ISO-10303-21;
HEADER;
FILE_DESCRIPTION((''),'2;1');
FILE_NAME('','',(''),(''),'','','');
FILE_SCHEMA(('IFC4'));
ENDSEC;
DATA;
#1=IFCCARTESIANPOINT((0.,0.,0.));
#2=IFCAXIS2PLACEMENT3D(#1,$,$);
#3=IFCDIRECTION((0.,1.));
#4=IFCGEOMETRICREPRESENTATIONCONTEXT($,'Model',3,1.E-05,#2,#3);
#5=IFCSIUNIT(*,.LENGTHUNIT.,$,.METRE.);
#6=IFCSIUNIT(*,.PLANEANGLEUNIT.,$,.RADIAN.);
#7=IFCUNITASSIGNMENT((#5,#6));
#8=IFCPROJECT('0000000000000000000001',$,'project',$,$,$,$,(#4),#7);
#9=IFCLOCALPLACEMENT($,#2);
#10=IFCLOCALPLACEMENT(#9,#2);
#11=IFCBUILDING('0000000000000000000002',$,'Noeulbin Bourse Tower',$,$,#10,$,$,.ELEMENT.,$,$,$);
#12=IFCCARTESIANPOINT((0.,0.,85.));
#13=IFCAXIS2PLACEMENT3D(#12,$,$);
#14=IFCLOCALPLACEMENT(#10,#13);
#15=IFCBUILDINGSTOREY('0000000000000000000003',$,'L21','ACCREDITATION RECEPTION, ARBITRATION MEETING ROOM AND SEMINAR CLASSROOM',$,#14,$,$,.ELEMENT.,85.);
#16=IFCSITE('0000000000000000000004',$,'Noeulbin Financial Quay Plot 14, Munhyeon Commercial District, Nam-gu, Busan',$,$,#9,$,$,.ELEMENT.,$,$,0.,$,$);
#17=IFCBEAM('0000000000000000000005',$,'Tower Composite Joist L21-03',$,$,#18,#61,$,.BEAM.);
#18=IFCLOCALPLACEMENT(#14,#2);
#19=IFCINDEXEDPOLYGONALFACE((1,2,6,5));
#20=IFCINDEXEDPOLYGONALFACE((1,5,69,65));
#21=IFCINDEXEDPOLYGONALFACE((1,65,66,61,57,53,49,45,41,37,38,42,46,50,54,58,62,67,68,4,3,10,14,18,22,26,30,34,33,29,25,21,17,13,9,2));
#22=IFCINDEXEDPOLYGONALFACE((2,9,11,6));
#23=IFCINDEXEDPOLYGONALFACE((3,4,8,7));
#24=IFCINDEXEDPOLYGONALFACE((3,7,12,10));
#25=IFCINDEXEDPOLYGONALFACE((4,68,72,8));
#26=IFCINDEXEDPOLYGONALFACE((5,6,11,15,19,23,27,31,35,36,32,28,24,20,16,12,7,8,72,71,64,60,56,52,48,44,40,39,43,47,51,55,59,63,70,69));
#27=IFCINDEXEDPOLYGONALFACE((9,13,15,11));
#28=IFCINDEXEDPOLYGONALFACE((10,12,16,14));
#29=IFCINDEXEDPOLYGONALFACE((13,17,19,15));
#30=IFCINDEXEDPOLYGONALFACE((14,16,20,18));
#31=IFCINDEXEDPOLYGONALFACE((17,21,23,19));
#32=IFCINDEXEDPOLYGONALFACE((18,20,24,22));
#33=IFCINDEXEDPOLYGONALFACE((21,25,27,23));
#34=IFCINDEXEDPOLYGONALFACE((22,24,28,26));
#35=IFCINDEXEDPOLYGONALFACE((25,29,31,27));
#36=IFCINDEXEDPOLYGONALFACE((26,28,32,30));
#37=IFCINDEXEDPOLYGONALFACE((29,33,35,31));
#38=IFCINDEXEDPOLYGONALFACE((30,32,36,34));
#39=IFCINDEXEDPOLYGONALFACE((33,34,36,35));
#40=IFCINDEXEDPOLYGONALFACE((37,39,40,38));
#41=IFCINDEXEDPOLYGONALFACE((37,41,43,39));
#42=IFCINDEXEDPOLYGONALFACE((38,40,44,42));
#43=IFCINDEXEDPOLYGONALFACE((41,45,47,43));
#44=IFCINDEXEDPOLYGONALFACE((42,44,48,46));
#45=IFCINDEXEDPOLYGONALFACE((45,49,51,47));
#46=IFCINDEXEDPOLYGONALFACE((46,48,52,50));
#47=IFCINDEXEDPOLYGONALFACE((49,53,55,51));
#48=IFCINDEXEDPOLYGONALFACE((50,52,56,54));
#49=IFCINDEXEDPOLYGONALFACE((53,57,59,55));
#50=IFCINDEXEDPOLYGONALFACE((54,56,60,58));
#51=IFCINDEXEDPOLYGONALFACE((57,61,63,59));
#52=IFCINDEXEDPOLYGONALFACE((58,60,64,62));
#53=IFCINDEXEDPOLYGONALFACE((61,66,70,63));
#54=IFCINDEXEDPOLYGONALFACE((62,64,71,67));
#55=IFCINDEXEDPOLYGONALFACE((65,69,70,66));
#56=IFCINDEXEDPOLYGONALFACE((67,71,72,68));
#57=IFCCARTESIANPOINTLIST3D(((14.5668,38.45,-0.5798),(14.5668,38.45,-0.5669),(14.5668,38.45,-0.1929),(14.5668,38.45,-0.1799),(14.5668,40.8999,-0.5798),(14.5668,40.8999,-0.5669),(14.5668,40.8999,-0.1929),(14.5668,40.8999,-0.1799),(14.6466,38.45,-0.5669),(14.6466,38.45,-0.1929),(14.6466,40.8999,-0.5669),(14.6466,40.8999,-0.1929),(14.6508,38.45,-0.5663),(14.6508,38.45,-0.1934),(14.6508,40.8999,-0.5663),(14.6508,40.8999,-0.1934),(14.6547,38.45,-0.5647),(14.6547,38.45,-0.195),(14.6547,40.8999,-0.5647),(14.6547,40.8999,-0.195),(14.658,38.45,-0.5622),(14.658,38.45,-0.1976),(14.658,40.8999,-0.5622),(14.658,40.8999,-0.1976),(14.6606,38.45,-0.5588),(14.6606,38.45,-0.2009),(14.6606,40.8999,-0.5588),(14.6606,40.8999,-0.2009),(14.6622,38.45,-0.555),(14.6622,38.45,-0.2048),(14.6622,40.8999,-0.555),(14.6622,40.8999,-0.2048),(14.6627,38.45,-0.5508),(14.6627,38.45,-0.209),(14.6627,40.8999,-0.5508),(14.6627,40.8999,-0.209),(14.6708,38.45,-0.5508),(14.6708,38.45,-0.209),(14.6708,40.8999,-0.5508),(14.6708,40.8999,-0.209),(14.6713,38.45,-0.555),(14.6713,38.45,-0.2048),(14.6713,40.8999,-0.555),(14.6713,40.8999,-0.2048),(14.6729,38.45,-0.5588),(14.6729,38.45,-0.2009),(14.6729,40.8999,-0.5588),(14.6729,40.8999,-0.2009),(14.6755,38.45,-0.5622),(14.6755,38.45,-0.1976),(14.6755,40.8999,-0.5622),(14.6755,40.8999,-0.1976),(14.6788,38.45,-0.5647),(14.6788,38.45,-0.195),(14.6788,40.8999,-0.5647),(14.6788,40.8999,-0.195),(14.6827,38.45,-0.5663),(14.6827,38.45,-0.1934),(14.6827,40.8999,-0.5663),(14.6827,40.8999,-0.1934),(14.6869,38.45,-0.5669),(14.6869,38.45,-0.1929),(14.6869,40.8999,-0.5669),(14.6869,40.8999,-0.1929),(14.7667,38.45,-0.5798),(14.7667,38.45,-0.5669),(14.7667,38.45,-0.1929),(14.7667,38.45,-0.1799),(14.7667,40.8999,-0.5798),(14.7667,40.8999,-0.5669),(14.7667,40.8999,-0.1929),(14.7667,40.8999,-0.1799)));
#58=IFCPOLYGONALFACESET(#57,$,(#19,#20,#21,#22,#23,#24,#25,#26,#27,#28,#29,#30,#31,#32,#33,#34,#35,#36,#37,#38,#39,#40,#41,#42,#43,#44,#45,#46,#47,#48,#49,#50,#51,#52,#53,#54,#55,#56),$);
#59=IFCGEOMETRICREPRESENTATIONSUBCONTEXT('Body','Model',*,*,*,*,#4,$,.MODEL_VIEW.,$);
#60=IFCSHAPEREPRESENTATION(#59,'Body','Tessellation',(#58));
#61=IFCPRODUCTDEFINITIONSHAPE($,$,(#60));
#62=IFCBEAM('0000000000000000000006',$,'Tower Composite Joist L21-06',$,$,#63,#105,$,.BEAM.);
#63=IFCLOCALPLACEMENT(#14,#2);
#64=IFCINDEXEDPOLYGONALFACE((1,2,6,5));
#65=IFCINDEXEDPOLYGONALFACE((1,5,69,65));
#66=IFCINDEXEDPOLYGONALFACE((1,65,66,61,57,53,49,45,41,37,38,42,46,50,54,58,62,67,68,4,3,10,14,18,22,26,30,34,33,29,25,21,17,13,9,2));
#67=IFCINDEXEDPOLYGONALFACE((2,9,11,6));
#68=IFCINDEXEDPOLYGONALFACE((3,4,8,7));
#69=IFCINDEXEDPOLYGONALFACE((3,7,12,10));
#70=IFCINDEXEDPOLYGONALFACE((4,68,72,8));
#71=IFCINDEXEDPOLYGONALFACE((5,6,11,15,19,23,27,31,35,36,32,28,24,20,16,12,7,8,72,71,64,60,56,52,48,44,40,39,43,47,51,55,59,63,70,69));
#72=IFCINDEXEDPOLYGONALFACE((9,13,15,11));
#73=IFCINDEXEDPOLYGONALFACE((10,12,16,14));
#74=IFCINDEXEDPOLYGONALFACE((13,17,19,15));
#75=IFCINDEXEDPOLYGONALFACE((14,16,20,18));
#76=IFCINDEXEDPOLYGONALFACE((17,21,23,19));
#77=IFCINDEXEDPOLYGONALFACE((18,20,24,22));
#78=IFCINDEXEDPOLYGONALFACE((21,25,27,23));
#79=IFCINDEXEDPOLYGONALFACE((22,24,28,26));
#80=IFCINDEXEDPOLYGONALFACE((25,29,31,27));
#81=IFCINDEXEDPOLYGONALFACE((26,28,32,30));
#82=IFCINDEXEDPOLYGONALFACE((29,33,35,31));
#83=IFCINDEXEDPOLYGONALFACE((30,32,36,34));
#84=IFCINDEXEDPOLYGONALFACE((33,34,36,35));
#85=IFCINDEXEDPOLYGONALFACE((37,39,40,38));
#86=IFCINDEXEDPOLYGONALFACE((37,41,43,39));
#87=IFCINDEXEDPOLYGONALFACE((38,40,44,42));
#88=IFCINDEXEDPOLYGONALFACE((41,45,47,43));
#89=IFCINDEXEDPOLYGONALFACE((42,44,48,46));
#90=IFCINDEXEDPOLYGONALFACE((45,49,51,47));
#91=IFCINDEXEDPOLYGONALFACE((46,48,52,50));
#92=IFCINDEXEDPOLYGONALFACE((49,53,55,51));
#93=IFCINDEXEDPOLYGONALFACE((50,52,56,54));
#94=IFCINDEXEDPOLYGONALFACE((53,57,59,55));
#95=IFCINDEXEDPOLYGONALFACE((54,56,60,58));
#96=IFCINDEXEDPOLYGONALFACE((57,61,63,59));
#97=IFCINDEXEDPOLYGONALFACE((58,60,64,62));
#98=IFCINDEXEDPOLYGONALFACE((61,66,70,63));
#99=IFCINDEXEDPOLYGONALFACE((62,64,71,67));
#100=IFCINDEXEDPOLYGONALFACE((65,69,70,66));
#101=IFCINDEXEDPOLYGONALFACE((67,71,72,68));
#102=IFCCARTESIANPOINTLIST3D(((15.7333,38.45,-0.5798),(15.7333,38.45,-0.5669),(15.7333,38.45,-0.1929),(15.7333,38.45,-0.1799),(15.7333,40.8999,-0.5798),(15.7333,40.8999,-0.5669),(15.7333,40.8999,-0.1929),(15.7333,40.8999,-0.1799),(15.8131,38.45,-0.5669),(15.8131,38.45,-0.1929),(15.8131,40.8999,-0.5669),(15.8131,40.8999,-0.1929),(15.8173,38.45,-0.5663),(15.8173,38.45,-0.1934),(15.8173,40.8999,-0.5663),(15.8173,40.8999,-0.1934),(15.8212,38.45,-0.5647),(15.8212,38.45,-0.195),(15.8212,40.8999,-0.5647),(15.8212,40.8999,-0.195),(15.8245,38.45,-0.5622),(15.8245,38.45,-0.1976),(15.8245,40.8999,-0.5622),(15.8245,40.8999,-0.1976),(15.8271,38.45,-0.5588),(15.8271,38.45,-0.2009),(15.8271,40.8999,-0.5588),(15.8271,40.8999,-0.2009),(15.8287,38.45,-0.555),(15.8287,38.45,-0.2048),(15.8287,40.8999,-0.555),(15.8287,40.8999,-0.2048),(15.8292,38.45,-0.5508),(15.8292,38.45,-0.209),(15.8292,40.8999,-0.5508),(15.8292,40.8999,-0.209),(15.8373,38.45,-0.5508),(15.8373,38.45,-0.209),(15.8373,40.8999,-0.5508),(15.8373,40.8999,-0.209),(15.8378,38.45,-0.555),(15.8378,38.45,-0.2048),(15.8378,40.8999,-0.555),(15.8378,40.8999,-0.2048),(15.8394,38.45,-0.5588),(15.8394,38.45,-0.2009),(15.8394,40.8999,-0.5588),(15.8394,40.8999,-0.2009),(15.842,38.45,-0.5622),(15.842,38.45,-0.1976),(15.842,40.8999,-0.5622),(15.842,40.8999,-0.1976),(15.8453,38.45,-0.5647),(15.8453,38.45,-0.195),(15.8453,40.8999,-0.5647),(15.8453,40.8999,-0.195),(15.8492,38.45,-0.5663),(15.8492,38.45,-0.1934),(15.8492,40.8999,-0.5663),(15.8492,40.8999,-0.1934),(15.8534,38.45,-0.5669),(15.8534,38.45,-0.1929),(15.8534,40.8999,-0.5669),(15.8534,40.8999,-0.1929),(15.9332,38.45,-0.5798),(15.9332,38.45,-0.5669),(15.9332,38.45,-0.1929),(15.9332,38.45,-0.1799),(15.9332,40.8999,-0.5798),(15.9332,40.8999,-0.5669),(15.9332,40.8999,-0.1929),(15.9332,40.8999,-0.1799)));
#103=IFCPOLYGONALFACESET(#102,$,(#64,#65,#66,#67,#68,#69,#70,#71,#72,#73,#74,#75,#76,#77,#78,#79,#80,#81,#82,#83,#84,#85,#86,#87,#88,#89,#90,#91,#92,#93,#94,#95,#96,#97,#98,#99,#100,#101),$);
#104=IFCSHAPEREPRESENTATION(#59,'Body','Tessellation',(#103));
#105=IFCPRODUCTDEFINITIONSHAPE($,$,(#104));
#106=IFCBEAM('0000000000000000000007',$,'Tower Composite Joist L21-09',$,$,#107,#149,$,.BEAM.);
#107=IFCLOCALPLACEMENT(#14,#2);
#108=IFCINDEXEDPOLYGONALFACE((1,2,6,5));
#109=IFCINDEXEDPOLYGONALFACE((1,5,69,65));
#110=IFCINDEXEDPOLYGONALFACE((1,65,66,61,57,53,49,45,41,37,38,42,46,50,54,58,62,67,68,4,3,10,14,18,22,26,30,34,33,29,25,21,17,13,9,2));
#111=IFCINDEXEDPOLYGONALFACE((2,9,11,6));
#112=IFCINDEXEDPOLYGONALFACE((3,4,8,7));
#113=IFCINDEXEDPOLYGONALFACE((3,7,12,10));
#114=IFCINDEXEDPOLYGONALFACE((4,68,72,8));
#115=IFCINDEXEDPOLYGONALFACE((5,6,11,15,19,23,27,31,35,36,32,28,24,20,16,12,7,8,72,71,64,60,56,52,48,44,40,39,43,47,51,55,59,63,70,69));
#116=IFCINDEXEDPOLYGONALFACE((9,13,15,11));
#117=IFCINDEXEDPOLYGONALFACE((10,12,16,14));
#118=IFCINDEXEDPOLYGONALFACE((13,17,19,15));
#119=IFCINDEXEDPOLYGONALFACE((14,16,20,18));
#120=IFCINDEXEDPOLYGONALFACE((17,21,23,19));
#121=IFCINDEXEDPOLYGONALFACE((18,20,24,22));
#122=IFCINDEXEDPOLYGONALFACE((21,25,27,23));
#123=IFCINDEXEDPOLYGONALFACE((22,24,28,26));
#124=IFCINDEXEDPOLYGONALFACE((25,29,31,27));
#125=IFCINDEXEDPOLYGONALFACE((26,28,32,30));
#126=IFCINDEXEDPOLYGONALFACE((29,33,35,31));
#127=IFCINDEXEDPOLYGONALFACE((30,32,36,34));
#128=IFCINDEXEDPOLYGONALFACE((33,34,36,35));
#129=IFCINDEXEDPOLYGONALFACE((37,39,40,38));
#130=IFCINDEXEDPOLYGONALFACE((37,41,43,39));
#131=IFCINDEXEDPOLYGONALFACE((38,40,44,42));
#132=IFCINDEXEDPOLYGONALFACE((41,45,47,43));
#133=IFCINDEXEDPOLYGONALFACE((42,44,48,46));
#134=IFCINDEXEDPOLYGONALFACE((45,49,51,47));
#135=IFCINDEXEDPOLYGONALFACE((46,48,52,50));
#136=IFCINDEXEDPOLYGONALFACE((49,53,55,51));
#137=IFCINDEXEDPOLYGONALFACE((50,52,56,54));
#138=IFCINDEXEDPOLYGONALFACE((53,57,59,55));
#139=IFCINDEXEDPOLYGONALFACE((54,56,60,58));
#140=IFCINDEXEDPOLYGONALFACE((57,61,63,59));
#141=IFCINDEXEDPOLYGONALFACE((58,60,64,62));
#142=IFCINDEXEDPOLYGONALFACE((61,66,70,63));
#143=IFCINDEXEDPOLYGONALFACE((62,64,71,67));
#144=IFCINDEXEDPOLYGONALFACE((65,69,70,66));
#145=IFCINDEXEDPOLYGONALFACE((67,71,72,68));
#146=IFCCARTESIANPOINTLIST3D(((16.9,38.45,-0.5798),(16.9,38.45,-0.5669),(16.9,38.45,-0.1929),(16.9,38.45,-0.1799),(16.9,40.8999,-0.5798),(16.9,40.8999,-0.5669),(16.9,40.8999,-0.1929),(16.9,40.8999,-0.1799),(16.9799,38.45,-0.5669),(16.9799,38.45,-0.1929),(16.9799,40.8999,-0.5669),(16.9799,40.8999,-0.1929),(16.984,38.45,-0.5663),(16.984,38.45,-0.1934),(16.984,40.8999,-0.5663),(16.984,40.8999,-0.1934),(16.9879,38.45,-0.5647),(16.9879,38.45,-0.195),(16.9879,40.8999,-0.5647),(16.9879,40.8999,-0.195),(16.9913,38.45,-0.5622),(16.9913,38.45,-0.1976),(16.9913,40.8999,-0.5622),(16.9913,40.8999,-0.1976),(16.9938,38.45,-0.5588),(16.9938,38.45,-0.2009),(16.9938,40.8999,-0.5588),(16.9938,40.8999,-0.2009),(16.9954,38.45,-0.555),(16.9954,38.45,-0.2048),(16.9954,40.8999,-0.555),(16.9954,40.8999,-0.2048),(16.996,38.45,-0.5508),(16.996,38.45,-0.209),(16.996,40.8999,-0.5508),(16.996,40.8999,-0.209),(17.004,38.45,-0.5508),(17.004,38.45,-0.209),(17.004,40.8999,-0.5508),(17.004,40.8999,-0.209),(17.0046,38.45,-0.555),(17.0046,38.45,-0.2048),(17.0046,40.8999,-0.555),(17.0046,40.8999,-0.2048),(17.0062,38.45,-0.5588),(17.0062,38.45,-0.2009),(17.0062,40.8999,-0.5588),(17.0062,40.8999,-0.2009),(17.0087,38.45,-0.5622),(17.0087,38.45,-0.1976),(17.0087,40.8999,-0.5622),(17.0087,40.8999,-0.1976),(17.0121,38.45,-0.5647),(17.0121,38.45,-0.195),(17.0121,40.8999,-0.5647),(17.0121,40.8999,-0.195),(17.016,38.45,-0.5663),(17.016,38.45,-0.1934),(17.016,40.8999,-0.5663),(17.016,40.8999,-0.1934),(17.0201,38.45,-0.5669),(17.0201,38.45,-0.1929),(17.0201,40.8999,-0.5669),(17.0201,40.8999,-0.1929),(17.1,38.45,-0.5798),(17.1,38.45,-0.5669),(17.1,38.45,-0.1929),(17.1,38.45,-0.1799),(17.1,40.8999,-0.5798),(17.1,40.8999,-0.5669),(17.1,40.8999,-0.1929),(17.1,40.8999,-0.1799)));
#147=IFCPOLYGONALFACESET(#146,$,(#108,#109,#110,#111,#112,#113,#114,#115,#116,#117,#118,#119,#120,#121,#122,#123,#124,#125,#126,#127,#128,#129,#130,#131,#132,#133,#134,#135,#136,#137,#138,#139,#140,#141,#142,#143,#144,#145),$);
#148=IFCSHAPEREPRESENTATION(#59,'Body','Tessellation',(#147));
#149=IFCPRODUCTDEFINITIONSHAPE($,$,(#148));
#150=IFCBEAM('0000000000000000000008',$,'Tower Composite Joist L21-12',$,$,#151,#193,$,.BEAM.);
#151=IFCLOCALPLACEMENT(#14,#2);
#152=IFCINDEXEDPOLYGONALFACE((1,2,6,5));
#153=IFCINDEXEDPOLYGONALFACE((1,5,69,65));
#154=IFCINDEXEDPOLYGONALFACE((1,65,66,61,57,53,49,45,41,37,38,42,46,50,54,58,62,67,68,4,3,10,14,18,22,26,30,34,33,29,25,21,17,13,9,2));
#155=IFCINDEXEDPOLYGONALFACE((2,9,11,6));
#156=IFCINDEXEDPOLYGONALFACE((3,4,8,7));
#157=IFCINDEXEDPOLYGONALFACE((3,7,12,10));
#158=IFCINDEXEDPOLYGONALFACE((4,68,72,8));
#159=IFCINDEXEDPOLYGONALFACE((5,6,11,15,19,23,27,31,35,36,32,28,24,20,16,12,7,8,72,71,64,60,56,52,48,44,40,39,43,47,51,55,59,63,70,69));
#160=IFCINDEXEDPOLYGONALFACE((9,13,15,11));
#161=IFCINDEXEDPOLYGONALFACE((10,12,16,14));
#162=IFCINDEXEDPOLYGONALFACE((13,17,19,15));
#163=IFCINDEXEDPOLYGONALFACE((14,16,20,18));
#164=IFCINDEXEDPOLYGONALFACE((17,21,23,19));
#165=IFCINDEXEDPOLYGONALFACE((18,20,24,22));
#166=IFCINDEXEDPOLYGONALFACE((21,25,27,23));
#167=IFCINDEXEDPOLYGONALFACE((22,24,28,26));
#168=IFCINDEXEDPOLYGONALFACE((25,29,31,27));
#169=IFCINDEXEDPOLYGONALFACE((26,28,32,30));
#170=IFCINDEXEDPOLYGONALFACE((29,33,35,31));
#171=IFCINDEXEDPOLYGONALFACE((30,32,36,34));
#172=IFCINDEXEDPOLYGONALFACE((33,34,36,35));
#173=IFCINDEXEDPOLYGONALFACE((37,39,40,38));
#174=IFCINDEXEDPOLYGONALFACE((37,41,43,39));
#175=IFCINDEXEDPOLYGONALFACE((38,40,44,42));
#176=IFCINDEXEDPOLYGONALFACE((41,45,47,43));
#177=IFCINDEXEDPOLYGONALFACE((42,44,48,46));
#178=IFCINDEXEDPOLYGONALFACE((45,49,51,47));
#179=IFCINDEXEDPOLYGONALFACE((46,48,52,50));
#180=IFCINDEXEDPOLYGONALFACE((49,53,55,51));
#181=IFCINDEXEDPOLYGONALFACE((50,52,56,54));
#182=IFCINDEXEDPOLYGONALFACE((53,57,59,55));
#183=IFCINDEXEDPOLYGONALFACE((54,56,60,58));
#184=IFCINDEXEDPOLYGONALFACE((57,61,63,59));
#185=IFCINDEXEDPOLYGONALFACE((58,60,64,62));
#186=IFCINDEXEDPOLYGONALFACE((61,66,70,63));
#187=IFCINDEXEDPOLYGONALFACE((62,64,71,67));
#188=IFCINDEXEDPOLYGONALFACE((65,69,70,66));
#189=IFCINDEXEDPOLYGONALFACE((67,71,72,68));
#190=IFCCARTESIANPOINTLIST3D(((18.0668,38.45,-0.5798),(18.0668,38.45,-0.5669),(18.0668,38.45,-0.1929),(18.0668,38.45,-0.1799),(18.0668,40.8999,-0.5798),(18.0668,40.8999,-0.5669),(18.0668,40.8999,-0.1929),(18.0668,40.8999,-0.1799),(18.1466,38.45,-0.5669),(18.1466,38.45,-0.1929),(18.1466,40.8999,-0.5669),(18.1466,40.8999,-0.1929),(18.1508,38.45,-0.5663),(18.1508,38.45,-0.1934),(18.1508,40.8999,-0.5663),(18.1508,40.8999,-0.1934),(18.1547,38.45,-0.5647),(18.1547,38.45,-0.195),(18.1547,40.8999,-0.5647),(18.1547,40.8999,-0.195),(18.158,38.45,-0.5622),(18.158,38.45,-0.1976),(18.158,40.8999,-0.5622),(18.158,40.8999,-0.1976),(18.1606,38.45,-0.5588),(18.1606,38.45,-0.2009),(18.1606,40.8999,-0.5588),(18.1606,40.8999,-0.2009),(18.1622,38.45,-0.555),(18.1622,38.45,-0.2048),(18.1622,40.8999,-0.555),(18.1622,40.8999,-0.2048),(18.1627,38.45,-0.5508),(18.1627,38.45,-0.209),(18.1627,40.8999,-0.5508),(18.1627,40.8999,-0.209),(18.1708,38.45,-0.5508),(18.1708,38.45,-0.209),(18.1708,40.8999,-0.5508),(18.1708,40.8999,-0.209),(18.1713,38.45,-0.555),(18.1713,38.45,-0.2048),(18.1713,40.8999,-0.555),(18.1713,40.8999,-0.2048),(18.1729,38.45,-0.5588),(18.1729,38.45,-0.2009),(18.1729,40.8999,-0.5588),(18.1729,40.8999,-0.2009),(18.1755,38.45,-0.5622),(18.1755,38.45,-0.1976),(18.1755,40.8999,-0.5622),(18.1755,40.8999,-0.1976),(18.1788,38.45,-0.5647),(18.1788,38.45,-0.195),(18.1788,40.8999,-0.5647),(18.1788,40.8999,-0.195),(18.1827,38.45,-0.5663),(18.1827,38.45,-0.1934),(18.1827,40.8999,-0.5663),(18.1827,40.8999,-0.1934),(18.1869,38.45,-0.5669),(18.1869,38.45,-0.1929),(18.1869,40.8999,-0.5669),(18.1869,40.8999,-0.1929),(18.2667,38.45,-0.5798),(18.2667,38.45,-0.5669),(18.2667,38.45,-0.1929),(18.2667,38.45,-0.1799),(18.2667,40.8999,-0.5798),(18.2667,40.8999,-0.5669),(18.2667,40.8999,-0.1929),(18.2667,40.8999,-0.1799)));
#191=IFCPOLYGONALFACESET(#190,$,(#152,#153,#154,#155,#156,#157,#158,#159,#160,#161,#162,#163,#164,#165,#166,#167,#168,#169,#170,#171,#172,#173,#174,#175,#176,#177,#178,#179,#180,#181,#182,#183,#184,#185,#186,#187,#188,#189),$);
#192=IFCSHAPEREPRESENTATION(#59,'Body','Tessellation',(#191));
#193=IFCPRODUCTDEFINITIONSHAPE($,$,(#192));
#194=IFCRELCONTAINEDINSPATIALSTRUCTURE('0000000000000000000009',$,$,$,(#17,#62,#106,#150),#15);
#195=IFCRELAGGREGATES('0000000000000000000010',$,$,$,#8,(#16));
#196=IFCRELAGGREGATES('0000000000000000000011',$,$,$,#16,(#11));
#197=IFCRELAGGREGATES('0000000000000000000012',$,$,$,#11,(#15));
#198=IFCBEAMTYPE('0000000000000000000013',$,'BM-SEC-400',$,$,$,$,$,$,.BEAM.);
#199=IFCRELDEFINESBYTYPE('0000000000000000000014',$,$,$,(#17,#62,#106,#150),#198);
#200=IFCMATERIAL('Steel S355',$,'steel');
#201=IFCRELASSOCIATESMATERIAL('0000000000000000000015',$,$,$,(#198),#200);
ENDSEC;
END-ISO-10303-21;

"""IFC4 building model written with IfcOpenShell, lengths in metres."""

from ifc_helpers import new_model, si_unit, direction, frame, origin, origin_2d, place, context, subcontext, project, spatial, i_section, extrude, material, material_profile, profile_set, type_object, element, save


model = new_model("IFC4")

# Units and contexts
model_context = context("Model", 3, precision=1e-05, world=origin(), true_north=direction((0.0, 1.0)))
body_context = subcontext(model_context, "Body", "Model", "MODEL_VIEW")
ifc_project = project(units=[si_unit("LENGTHUNIT", "METRE"), si_unit("PLANEANGLEUNIT", "RADIAN")], contexts=[model_context])

# Site, building, storey
site_placement = place(None, origin())
site = spatial("IfcSite", under=ifc_project, at=site_placement, Name="Noeulbin Financial Quay Plot 14, Munhyeon Commercial District, Nam-gu, Busan", CompositionType="ELEMENT", RefElevation=0.0)
building_placement = place(site_placement, origin())
building = spatial("IfcBuilding", under=site, at=building_placement, Name="Noeulbin Bourse Tower", CompositionType="ELEMENT")
storey_placement = place(building_placement, frame((0.0, 0.0, 85.0)))
storey = spatial("IfcBuildingStorey", under=building, at=storey_placement, Name="L21", Description="ACCREDITATION RECEPTION, ARBITRATION MEETING ROOM AND SEMINAR CLASSROOM", CompositionType="ELEMENT", Elevation=85.0)

# Beams
ifc_material_1 = material(Name="Steel S355", Category="steel")
ifc_material_profile_1 = material_profile(ifc_material_1, i_section(OverallWidth=0.2, OverallDepth=0.3999, WebThickness=0.0081, FlangeThickness=0.0129, FilletRadius=0.0161, at=origin_2d()), Name="H-400x200x8x13", Category="LoadBearing")
ifc_profile_set_1 = profile_set([ifc_material_profile_1], Name="Steel S355")
beam_type_1 = type_object("IfcBeamType", Name="BM-SEC-400", PredefinedType="BEAM", material=ifc_profile_set_1)
for number, where, z_axis, x_axis, name in (
    (1, (14.6667, 38.45, -0.3799), (0.0, 1.0, 0.0), (-1.0, 0.0, 0.0), "Tower Composite Joist L21-03"),
    (2, (15.8333, 38.45, -0.3799), (0.0, 1.0, 0.0), (-1.0, 0.0, 0.0), "Tower Composite Joist L21-06"),
    (3, (17.0, 38.45, -0.3799), (0.0, 1.0, 0.0), (-1.0, 0.0, 0.0), "Tower Composite Joist L21-09"),
    (4, (18.1667, 38.45, -0.3799), (0.0, 1.0, 0.0), (-1.0, 0.0, 0.0), "Tower Composite Joist L21-12"),
):
    element("IfcBeam", number, at=place(storey_placement, frame(where, z_axis=z_axis, x_axis=x_axis)), inside=storey, type_object=beam_type_1, Name=name, PredefinedType="BEAM", context=body_context, shape_type="SweptSolid", body=[
        extrude(i_section(OverallWidth=0.2, OverallDepth=0.3999, WebThickness=0.0081, FlangeThickness=0.0129, FilletRadius=0.0161, at=origin_2d()), origin(), (0.0, 0.0, 1.0), 2.45),
    ])

save(model, "model.ifc")
